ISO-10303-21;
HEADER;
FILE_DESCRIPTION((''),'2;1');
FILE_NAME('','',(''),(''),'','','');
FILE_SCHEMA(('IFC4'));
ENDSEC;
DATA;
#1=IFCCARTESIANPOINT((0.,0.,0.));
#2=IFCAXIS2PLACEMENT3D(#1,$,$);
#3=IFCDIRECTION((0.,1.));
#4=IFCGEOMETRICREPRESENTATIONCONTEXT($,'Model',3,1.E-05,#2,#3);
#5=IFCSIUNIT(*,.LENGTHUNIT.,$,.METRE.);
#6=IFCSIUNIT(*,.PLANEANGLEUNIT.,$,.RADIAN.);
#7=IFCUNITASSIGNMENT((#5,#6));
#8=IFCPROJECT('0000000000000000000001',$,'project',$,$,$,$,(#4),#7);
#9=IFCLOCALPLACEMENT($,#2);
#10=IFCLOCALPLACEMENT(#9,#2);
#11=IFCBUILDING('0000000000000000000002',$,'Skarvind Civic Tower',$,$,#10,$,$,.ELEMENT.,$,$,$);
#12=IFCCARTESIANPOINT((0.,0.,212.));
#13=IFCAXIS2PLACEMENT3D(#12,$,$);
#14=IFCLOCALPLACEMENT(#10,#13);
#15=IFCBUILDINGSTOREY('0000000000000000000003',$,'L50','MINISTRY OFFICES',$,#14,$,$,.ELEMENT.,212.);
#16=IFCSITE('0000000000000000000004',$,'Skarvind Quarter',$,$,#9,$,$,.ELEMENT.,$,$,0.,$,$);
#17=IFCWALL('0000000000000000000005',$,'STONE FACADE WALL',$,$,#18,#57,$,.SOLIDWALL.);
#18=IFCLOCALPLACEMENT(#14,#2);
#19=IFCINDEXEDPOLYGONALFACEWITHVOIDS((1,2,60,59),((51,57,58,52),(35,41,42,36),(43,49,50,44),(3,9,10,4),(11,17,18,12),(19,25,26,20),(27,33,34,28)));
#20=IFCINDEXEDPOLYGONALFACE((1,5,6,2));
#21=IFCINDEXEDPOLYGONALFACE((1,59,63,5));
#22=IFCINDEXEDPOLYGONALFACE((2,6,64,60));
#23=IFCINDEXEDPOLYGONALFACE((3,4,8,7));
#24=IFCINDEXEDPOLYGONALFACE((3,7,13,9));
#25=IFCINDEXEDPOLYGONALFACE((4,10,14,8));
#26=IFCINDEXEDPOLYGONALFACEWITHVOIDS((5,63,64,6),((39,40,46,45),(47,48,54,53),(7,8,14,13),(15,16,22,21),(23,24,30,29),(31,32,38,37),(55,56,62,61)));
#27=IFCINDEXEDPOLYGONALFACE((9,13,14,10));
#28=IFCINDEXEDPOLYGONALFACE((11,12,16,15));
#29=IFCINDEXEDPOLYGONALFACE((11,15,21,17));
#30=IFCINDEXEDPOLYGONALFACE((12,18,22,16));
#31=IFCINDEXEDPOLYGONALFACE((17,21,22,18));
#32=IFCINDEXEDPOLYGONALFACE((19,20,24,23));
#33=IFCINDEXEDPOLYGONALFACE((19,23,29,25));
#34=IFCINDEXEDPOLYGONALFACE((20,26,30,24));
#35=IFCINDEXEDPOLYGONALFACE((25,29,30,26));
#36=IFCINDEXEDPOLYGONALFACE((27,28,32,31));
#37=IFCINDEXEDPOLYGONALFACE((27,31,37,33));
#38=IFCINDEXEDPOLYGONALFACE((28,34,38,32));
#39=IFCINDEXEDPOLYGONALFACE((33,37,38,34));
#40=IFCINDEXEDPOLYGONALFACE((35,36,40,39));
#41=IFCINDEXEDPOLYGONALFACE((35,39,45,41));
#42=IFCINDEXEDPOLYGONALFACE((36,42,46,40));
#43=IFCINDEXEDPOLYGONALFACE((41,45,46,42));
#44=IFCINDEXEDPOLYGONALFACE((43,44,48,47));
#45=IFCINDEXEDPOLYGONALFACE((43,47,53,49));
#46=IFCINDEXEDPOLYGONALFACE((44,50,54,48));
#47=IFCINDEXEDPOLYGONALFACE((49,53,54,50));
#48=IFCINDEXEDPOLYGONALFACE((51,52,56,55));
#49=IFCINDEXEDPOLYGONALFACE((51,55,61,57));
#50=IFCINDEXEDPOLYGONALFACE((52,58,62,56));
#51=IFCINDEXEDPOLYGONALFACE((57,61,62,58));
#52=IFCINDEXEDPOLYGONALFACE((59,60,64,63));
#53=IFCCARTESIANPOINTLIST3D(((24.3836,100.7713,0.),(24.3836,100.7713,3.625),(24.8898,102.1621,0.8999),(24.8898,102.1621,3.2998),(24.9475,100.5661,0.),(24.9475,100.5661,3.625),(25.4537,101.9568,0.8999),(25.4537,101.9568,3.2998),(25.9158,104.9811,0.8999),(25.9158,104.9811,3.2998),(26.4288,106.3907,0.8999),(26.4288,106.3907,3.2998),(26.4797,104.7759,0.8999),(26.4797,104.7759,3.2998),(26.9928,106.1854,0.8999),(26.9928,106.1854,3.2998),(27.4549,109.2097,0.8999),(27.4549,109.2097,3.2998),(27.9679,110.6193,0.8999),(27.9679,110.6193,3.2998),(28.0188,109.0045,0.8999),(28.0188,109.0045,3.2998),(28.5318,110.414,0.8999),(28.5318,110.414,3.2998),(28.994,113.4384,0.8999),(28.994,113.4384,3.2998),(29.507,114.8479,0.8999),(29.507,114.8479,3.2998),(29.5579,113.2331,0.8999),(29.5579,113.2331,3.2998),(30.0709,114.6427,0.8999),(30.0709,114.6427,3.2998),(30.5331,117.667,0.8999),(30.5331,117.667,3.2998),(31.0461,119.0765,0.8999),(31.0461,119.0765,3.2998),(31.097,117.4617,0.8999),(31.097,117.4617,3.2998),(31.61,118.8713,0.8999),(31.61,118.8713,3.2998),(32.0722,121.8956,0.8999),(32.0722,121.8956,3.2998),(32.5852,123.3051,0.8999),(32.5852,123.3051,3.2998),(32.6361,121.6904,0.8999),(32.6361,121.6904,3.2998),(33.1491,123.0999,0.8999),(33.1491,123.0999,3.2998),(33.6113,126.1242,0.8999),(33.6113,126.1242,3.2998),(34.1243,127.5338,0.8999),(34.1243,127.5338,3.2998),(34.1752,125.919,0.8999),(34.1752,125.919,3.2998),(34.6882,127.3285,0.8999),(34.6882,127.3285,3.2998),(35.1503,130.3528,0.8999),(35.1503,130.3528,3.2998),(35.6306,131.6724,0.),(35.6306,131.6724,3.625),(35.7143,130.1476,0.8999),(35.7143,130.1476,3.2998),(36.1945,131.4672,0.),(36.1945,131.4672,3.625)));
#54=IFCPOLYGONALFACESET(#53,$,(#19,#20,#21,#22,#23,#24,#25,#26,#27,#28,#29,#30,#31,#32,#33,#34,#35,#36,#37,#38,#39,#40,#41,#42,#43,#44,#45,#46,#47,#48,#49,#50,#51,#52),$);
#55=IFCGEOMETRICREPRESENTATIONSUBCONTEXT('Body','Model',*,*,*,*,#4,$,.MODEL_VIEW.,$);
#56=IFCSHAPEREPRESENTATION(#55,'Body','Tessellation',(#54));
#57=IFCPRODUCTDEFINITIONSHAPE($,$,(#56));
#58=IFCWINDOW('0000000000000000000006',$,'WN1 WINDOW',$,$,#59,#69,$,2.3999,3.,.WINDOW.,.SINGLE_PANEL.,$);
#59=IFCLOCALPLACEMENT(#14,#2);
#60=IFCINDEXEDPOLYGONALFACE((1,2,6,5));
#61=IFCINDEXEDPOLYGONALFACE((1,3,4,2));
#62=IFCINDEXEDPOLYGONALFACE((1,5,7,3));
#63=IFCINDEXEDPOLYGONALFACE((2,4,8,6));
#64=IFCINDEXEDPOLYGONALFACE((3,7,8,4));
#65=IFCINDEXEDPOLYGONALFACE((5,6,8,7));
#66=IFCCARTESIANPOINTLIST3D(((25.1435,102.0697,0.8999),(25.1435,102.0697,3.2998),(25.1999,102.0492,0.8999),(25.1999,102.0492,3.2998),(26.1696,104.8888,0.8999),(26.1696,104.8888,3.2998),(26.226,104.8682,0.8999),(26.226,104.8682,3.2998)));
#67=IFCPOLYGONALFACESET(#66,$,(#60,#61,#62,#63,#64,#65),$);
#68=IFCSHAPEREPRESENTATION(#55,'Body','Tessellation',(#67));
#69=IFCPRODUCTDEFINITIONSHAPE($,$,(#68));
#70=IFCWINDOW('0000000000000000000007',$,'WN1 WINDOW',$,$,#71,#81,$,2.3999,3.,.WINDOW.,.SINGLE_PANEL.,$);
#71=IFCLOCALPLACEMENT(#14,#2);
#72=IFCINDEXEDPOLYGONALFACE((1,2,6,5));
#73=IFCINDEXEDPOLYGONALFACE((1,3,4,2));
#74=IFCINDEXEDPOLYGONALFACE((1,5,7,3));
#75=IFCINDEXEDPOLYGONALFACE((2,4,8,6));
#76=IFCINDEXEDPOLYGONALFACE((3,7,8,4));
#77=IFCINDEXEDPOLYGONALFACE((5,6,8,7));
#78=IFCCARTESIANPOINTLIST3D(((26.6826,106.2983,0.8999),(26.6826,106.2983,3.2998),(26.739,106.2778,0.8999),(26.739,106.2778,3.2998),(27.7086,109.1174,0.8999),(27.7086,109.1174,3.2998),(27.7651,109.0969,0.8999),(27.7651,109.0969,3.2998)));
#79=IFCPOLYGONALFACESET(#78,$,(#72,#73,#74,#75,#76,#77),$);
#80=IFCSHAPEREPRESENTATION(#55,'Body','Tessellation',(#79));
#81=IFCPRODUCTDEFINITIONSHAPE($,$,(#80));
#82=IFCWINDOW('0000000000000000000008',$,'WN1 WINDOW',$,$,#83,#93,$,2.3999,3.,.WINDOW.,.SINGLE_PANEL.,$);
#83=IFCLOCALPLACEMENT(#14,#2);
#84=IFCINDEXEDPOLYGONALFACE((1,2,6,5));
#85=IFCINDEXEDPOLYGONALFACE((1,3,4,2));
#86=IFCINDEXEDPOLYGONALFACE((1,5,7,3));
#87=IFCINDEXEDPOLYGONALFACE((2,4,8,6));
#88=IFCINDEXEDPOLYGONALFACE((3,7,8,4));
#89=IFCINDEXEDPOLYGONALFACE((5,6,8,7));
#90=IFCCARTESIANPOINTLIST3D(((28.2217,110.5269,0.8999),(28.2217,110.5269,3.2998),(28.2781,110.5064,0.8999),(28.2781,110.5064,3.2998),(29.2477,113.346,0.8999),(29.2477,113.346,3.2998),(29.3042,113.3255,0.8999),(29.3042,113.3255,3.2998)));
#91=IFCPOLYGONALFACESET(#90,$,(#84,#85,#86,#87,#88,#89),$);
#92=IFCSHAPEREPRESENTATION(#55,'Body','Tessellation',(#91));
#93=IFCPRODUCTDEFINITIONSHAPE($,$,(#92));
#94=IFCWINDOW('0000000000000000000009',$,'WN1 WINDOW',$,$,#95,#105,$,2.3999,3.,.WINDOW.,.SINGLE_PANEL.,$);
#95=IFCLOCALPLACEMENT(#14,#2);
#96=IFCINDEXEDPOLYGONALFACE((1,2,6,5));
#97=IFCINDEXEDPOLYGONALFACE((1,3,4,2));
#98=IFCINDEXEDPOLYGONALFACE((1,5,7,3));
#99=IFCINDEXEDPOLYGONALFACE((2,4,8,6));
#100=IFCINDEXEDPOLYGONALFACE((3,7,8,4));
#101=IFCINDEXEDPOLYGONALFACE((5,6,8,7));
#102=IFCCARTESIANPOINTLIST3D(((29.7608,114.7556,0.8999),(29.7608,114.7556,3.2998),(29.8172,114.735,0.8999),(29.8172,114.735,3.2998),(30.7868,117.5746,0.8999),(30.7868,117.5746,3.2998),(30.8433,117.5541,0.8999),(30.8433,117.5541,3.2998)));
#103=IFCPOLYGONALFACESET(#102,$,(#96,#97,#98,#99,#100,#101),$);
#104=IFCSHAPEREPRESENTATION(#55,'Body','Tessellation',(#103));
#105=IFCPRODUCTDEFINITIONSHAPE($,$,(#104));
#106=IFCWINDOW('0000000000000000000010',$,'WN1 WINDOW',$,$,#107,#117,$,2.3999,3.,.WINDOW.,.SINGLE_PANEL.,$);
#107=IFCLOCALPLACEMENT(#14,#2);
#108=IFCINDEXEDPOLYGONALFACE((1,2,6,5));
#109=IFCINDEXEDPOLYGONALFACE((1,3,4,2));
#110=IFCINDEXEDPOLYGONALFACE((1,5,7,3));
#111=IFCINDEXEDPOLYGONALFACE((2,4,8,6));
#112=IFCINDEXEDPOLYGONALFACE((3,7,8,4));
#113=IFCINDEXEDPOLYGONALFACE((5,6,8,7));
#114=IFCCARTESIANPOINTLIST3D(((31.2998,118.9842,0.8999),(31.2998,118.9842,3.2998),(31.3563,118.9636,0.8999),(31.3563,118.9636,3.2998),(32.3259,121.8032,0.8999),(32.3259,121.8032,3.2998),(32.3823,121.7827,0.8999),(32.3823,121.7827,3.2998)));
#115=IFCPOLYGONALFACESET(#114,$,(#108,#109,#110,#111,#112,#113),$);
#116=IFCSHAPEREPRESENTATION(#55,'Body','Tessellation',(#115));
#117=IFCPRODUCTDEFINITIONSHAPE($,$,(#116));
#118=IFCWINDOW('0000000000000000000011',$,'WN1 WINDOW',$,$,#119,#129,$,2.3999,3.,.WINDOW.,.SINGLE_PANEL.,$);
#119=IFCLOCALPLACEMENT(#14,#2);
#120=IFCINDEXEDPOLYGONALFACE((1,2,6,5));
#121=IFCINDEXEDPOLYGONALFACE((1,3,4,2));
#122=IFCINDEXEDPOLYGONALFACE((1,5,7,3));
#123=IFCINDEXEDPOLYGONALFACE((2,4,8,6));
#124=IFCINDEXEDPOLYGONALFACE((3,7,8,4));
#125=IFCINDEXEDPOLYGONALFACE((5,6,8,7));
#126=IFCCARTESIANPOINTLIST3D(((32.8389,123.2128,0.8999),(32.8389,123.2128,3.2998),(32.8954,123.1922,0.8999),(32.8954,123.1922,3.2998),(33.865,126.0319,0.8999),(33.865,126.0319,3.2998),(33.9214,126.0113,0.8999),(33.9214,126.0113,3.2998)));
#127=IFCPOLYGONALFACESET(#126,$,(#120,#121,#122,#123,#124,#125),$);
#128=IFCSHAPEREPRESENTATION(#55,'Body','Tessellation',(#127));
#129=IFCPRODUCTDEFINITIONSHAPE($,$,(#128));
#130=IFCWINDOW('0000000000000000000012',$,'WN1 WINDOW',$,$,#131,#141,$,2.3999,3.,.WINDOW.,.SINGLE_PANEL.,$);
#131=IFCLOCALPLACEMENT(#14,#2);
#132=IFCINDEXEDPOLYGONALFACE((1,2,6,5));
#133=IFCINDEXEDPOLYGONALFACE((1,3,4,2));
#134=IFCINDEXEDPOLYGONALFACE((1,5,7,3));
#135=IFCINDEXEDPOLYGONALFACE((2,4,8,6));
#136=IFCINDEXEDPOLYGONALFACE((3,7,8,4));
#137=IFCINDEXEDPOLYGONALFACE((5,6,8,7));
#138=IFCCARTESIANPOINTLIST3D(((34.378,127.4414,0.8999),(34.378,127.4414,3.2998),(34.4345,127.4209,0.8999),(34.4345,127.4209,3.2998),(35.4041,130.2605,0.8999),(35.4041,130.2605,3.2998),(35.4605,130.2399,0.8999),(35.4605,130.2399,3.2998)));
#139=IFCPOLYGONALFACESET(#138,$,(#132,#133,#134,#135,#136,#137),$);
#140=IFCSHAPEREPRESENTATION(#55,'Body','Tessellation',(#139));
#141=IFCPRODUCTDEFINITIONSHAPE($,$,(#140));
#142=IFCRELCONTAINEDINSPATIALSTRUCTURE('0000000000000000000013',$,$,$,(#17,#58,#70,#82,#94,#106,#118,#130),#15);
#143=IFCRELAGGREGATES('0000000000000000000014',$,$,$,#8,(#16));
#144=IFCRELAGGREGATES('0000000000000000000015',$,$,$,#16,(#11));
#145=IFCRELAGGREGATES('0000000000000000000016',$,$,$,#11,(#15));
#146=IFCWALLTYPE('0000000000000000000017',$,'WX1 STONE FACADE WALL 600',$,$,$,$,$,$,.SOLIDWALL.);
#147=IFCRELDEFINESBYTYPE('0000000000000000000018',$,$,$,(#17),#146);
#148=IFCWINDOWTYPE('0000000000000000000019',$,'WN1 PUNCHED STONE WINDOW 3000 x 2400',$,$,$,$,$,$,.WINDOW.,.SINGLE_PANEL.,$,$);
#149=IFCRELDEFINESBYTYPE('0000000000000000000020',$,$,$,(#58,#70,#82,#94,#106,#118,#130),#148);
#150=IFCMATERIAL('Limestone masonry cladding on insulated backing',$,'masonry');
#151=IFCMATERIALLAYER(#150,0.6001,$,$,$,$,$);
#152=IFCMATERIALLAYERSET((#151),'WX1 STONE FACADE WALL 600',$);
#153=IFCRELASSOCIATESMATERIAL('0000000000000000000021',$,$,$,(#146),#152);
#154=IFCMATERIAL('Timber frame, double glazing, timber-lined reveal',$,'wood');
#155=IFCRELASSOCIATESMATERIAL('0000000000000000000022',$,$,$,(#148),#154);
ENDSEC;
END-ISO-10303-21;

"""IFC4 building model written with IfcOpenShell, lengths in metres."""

from ifc_helpers import new_model, si_unit, direction, frame, frame_2d, origin, place, context, subcontext, project, spatial, rectangle, extrude, material, layer, layer_set, type_object, element, fill, save


model = new_model("IFC4")

# Units and contexts
model_context = context("Model", 3, precision=1e-05, world=origin(), true_north=direction((0.0, 1.0)))
body_context = subcontext(model_context, "Body", "Model", "MODEL_VIEW")
ifc_project = project(units=[si_unit("LENGTHUNIT", "METRE"), si_unit("PLANEANGLEUNIT", "RADIAN")], contexts=[model_context])

# Site, building, storey
site_placement = place(None, origin())
site = spatial("IfcSite", under=ifc_project, at=site_placement, Name="Skarvind Quarter", CompositionType="ELEMENT", RefElevation=0.0)
building_placement = place(site_placement, origin())
building = spatial("IfcBuilding", under=site, at=building_placement, Name="Skarvind Civic Tower", CompositionType="ELEMENT")
storey_placement = place(building_placement, frame((0.0, 0.0, 212.0)))
storey = spatial("IfcBuildingStorey", under=building, at=storey_placement, Name="L50", Description="MINISTRY OFFICES", CompositionType="ELEMENT", Elevation=212.0)

# Wall, openings, windows
ifc_material_1 = material(Name="Limestone masonry cladding on insulated backing", Category="masonry")
ifc_layer_1 = layer(ifc_material_1, 0.6001)
ifc_layer_set_1 = layer_set([ifc_layer_1], Name="WX1 STONE FACADE WALL 600")
wall_type_1 = type_object("IfcWallType", Name="WX1 STONE FACADE WALL 600", PredefinedType="SOLIDWALL", material=ifc_layer_set_1)
wall_1_placement = place(storey_placement, frame((24.6655, 100.6687, 0.0), z_axis=(0.0, 0.0, 1.0), x_axis=(0.34202, 0.939693, 0.0)))
wall_1 = element("IfcWall", 1, at=wall_1_placement, inside=storey, type_object=wall_type_1, Name="STONE FACADE WALL", PredefinedType="SOLIDWALL", context=body_context, shape_type="SweptSolid", body=[
    extrude(rectangle(XDim=32.8843, YDim=0.6001, at=frame_2d((16.4421, 0.0))), origin(), (0.0, 0.0, 1.0), 3.625),
])
opening_1_placement = place(wall_1_placement, frame((1.48, 0.0, 0.8999)))
opening_1 = element("IfcOpeningElement", 2, at=opening_1_placement, cuts=wall_1, PredefinedType="OPENING", context=body_context, shape_type="SweptSolid", body=[
    extrude(rectangle(XDim=3.0, YDim=2.3999, at=frame_2d((1.5, 1.2))), frame((0.0, 0.3101, 0.0), z_axis=(0.0, -1.0, 0.0), x_axis=(1.0, 0.0, 0.0)), (0.0, 0.0, 1.0), 0.6201),
])
opening_2_placement = place(wall_1_placement, frame((5.98, 0.0, 0.8999)))
opening_2 = element("IfcOpeningElement", 3, at=opening_2_placement, cuts=wall_1, PredefinedType="OPENING", context=body_context, shape_type="SweptSolid", body=[
    extrude(rectangle(XDim=3.0, YDim=2.3999, at=frame_2d((1.5, 1.2))), frame((0.0, 0.3101, 0.0), z_axis=(0.0, -1.0, 0.0), x_axis=(1.0, 0.0, 0.0)), (0.0, 0.0, 1.0), 0.6201),
])
opening_3_placement = place(wall_1_placement, frame((10.48, 0.0, 0.8999)))
opening_3 = element("IfcOpeningElement", 4, at=opening_3_placement, cuts=wall_1, PredefinedType="OPENING", context=body_context, shape_type="SweptSolid", body=[
    extrude(rectangle(XDim=3.0, YDim=2.3999, at=frame_2d((1.5, 1.2))), frame((0.0, 0.3101, 0.0), z_axis=(0.0, -1.0, 0.0), x_axis=(1.0, 0.0, 0.0)), (0.0, 0.0, 1.0), 0.6201),
])
opening_4_placement = place(wall_1_placement, frame((14.98, 0.0, 0.8999)))
opening_4 = element("IfcOpeningElement", 5, at=opening_4_placement, cuts=wall_1, PredefinedType="OPENING", context=body_context, shape_type="SweptSolid", body=[
    extrude(rectangle(XDim=3.0, YDim=2.3999, at=frame_2d((1.5, 1.2))), frame((0.0, 0.3101, 0.0), z_axis=(0.0, -1.0, 0.0), x_axis=(1.0, 0.0, 0.0)), (0.0, 0.0, 1.0), 0.6201),
])
opening_5_placement = place(wall_1_placement, frame((19.48, 0.0, 0.8999)))
opening_5 = element("IfcOpeningElement", 6, at=opening_5_placement, cuts=wall_1, PredefinedType="OPENING", context=body_context, shape_type="SweptSolid", body=[
    extrude(rectangle(XDim=3.0, YDim=2.3999, at=frame_2d((1.5, 1.2))), frame((0.0, 0.3101, 0.0), z_axis=(0.0, -1.0, 0.0), x_axis=(1.0, 0.0, 0.0)), (0.0, 0.0, 1.0), 0.6201),
])
opening_6_placement = place(wall_1_placement, frame((23.98, 0.0, 0.8999)))
opening_6 = element("IfcOpeningElement", 7, at=opening_6_placement, cuts=wall_1, PredefinedType="OPENING", context=body_context, shape_type="SweptSolid", body=[
    extrude(rectangle(XDim=3.0, YDim=2.3999, at=frame_2d((1.5, 1.2))), frame((0.0, 0.3101, 0.0), z_axis=(0.0, -1.0, 0.0), x_axis=(1.0, 0.0, 0.0)), (0.0, 0.0, 1.0), 0.6201),
])
opening_7_placement = place(wall_1_placement, frame((28.48, 0.0, 0.8999)))
opening_7 = element("IfcOpeningElement", 8, at=opening_7_placement, cuts=wall_1, PredefinedType="OPENING", context=body_context, shape_type="SweptSolid", body=[
    extrude(rectangle(XDim=3.0, YDim=2.3999, at=frame_2d((1.5, 1.2))), frame((0.0, 0.3101, 0.0), z_axis=(0.0, -1.0, 0.0), x_axis=(1.0, 0.0, 0.0)), (0.0, 0.0, 1.0), 0.6201),
])
ifc_material_2 = material(Name="Timber frame, double glazing, timber-lined reveal", Category="wood")
window_type = type_object("IfcWindowType", Name="WN1 PUNCHED STONE WINDOW 3000 x 2400", PartitioningType="SINGLE_PANEL", PredefinedType="WINDOW", material=ifc_material_2)
window_1_placement = place(opening_1_placement, origin())
window_1 = element("IfcWindow", 9, at=window_1_placement, inside=storey, type_object=window_type, Name="WN1 WINDOW", OverallHeight=2.3999, OverallWidth=3.0, PartitioningType="SINGLE_PANEL", PredefinedType="WINDOW", context=body_context, shape_type="SweptSolid", body=[
    extrude(rectangle(XDim=3.0, YDim=2.3999, at=frame_2d((1.5, 1.2))), frame((0.0, 0.03, 0.0), z_axis=(0.0, -1.0, 0.0), x_axis=(1.0, 0.0, 0.0)), (0.0, 0.0, 1.0), 0.0601),
])
fill(opening_1, window_1)
window_2_placement = place(opening_2_placement, origin())
window_2 = element("IfcWindow", 10, at=window_2_placement, inside=storey, type_object=window_type, Name="WN1 WINDOW", OverallHeight=2.3999, OverallWidth=3.0, PartitioningType="SINGLE_PANEL", PredefinedType="WINDOW", context=body_context, shape_type="SweptSolid", body=[
    extrude(rectangle(XDim=3.0, YDim=2.3999, at=frame_2d((1.5, 1.2))), frame((0.0, 0.03, 0.0), z_axis=(0.0, -1.0, 0.0), x_axis=(1.0, 0.0, 0.0)), (0.0, 0.0, 1.0), 0.0601),
])
fill(opening_2, window_2)
window_3_placement = place(opening_3_placement, origin())
window_3 = element("IfcWindow", 11, at=window_3_placement, inside=storey, type_object=window_type, Name="WN1 WINDOW", OverallHeight=2.3999, OverallWidth=3.0, PartitioningType="SINGLE_PANEL", PredefinedType="WINDOW", context=body_context, shape_type="SweptSolid", body=[
    extrude(rectangle(XDim=3.0, YDim=2.3999, at=frame_2d((1.5, 1.2))), frame((0.0, 0.03, 0.0), z_axis=(0.0, -1.0, 0.0), x_axis=(1.0, 0.0, 0.0)), (0.0, 0.0, 1.0), 0.0601),
])
fill(opening_3, window_3)
window_4_placement = place(opening_4_placement, origin())
window_4 = element("IfcWindow", 12, at=window_4_placement, inside=storey, type_object=window_type, Name="WN1 WINDOW", OverallHeight=2.3999, OverallWidth=3.0, PartitioningType="SINGLE_PANEL", PredefinedType="WINDOW", context=body_context, shape_type="SweptSolid", body=[
    extrude(rectangle(XDim=3.0, YDim=2.3999, at=frame_2d((1.5, 1.2))), frame((0.0, 0.03, 0.0), z_axis=(0.0, -1.0, 0.0), x_axis=(1.0, 0.0, 0.0)), (0.0, 0.0, 1.0), 0.0601),
])
fill(opening_4, window_4)
window_5_placement = place(opening_5_placement, origin())
window_5 = element("IfcWindow", 13, at=window_5_placement, inside=storey, type_object=window_type, Name="WN1 WINDOW", OverallHeight=2.3999, OverallWidth=3.0, PartitioningType="SINGLE_PANEL", PredefinedType="WINDOW", context=body_context, shape_type="SweptSolid", body=[
    extrude(rectangle(XDim=3.0, YDim=2.3999, at=frame_2d((1.5, 1.2))), frame((0.0, 0.03, 0.0), z_axis=(0.0, -1.0, 0.0), x_axis=(1.0, 0.0, 0.0)), (0.0, 0.0, 1.0), 0.0601),
])
fill(opening_5, window_5)
window_6_placement = place(opening_6_placement, origin())
window_6 = element("IfcWindow", 14, at=window_6_placement, inside=storey, type_object=window_type, Name="WN1 WINDOW", OverallHeight=2.3999, OverallWidth=3.0, PartitioningType="SINGLE_PANEL", PredefinedType="WINDOW", context=body_context, shape_type="SweptSolid", body=[
    extrude(rectangle(XDim=3.0, YDim=2.3999, at=frame_2d((1.5, 1.2))), frame((0.0, 0.03, 0.0), z_axis=(0.0, -1.0, 0.0), x_axis=(1.0, 0.0, 0.0)), (0.0, 0.0, 1.0), 0.0601),
])
fill(opening_6, window_6)
window_7_placement = place(opening_7_placement, origin())
window_7 = element("IfcWindow", 15, at=window_7_placement, inside=storey, type_object=window_type, Name="WN1 WINDOW", OverallHeight=2.3999, OverallWidth=3.0, PartitioningType="SINGLE_PANEL", PredefinedType="WINDOW", context=body_context, shape_type="SweptSolid", body=[
    extrude(rectangle(XDim=3.0, YDim=2.3999, at=frame_2d((1.5, 1.2))), frame((0.0, 0.03, 0.0), z_axis=(0.0, -1.0, 0.0), x_axis=(1.0, 0.0, 0.0)), (0.0, 0.0, 1.0), 0.0601),
])
fill(opening_7, window_7)

save(model, "model.ifc")
